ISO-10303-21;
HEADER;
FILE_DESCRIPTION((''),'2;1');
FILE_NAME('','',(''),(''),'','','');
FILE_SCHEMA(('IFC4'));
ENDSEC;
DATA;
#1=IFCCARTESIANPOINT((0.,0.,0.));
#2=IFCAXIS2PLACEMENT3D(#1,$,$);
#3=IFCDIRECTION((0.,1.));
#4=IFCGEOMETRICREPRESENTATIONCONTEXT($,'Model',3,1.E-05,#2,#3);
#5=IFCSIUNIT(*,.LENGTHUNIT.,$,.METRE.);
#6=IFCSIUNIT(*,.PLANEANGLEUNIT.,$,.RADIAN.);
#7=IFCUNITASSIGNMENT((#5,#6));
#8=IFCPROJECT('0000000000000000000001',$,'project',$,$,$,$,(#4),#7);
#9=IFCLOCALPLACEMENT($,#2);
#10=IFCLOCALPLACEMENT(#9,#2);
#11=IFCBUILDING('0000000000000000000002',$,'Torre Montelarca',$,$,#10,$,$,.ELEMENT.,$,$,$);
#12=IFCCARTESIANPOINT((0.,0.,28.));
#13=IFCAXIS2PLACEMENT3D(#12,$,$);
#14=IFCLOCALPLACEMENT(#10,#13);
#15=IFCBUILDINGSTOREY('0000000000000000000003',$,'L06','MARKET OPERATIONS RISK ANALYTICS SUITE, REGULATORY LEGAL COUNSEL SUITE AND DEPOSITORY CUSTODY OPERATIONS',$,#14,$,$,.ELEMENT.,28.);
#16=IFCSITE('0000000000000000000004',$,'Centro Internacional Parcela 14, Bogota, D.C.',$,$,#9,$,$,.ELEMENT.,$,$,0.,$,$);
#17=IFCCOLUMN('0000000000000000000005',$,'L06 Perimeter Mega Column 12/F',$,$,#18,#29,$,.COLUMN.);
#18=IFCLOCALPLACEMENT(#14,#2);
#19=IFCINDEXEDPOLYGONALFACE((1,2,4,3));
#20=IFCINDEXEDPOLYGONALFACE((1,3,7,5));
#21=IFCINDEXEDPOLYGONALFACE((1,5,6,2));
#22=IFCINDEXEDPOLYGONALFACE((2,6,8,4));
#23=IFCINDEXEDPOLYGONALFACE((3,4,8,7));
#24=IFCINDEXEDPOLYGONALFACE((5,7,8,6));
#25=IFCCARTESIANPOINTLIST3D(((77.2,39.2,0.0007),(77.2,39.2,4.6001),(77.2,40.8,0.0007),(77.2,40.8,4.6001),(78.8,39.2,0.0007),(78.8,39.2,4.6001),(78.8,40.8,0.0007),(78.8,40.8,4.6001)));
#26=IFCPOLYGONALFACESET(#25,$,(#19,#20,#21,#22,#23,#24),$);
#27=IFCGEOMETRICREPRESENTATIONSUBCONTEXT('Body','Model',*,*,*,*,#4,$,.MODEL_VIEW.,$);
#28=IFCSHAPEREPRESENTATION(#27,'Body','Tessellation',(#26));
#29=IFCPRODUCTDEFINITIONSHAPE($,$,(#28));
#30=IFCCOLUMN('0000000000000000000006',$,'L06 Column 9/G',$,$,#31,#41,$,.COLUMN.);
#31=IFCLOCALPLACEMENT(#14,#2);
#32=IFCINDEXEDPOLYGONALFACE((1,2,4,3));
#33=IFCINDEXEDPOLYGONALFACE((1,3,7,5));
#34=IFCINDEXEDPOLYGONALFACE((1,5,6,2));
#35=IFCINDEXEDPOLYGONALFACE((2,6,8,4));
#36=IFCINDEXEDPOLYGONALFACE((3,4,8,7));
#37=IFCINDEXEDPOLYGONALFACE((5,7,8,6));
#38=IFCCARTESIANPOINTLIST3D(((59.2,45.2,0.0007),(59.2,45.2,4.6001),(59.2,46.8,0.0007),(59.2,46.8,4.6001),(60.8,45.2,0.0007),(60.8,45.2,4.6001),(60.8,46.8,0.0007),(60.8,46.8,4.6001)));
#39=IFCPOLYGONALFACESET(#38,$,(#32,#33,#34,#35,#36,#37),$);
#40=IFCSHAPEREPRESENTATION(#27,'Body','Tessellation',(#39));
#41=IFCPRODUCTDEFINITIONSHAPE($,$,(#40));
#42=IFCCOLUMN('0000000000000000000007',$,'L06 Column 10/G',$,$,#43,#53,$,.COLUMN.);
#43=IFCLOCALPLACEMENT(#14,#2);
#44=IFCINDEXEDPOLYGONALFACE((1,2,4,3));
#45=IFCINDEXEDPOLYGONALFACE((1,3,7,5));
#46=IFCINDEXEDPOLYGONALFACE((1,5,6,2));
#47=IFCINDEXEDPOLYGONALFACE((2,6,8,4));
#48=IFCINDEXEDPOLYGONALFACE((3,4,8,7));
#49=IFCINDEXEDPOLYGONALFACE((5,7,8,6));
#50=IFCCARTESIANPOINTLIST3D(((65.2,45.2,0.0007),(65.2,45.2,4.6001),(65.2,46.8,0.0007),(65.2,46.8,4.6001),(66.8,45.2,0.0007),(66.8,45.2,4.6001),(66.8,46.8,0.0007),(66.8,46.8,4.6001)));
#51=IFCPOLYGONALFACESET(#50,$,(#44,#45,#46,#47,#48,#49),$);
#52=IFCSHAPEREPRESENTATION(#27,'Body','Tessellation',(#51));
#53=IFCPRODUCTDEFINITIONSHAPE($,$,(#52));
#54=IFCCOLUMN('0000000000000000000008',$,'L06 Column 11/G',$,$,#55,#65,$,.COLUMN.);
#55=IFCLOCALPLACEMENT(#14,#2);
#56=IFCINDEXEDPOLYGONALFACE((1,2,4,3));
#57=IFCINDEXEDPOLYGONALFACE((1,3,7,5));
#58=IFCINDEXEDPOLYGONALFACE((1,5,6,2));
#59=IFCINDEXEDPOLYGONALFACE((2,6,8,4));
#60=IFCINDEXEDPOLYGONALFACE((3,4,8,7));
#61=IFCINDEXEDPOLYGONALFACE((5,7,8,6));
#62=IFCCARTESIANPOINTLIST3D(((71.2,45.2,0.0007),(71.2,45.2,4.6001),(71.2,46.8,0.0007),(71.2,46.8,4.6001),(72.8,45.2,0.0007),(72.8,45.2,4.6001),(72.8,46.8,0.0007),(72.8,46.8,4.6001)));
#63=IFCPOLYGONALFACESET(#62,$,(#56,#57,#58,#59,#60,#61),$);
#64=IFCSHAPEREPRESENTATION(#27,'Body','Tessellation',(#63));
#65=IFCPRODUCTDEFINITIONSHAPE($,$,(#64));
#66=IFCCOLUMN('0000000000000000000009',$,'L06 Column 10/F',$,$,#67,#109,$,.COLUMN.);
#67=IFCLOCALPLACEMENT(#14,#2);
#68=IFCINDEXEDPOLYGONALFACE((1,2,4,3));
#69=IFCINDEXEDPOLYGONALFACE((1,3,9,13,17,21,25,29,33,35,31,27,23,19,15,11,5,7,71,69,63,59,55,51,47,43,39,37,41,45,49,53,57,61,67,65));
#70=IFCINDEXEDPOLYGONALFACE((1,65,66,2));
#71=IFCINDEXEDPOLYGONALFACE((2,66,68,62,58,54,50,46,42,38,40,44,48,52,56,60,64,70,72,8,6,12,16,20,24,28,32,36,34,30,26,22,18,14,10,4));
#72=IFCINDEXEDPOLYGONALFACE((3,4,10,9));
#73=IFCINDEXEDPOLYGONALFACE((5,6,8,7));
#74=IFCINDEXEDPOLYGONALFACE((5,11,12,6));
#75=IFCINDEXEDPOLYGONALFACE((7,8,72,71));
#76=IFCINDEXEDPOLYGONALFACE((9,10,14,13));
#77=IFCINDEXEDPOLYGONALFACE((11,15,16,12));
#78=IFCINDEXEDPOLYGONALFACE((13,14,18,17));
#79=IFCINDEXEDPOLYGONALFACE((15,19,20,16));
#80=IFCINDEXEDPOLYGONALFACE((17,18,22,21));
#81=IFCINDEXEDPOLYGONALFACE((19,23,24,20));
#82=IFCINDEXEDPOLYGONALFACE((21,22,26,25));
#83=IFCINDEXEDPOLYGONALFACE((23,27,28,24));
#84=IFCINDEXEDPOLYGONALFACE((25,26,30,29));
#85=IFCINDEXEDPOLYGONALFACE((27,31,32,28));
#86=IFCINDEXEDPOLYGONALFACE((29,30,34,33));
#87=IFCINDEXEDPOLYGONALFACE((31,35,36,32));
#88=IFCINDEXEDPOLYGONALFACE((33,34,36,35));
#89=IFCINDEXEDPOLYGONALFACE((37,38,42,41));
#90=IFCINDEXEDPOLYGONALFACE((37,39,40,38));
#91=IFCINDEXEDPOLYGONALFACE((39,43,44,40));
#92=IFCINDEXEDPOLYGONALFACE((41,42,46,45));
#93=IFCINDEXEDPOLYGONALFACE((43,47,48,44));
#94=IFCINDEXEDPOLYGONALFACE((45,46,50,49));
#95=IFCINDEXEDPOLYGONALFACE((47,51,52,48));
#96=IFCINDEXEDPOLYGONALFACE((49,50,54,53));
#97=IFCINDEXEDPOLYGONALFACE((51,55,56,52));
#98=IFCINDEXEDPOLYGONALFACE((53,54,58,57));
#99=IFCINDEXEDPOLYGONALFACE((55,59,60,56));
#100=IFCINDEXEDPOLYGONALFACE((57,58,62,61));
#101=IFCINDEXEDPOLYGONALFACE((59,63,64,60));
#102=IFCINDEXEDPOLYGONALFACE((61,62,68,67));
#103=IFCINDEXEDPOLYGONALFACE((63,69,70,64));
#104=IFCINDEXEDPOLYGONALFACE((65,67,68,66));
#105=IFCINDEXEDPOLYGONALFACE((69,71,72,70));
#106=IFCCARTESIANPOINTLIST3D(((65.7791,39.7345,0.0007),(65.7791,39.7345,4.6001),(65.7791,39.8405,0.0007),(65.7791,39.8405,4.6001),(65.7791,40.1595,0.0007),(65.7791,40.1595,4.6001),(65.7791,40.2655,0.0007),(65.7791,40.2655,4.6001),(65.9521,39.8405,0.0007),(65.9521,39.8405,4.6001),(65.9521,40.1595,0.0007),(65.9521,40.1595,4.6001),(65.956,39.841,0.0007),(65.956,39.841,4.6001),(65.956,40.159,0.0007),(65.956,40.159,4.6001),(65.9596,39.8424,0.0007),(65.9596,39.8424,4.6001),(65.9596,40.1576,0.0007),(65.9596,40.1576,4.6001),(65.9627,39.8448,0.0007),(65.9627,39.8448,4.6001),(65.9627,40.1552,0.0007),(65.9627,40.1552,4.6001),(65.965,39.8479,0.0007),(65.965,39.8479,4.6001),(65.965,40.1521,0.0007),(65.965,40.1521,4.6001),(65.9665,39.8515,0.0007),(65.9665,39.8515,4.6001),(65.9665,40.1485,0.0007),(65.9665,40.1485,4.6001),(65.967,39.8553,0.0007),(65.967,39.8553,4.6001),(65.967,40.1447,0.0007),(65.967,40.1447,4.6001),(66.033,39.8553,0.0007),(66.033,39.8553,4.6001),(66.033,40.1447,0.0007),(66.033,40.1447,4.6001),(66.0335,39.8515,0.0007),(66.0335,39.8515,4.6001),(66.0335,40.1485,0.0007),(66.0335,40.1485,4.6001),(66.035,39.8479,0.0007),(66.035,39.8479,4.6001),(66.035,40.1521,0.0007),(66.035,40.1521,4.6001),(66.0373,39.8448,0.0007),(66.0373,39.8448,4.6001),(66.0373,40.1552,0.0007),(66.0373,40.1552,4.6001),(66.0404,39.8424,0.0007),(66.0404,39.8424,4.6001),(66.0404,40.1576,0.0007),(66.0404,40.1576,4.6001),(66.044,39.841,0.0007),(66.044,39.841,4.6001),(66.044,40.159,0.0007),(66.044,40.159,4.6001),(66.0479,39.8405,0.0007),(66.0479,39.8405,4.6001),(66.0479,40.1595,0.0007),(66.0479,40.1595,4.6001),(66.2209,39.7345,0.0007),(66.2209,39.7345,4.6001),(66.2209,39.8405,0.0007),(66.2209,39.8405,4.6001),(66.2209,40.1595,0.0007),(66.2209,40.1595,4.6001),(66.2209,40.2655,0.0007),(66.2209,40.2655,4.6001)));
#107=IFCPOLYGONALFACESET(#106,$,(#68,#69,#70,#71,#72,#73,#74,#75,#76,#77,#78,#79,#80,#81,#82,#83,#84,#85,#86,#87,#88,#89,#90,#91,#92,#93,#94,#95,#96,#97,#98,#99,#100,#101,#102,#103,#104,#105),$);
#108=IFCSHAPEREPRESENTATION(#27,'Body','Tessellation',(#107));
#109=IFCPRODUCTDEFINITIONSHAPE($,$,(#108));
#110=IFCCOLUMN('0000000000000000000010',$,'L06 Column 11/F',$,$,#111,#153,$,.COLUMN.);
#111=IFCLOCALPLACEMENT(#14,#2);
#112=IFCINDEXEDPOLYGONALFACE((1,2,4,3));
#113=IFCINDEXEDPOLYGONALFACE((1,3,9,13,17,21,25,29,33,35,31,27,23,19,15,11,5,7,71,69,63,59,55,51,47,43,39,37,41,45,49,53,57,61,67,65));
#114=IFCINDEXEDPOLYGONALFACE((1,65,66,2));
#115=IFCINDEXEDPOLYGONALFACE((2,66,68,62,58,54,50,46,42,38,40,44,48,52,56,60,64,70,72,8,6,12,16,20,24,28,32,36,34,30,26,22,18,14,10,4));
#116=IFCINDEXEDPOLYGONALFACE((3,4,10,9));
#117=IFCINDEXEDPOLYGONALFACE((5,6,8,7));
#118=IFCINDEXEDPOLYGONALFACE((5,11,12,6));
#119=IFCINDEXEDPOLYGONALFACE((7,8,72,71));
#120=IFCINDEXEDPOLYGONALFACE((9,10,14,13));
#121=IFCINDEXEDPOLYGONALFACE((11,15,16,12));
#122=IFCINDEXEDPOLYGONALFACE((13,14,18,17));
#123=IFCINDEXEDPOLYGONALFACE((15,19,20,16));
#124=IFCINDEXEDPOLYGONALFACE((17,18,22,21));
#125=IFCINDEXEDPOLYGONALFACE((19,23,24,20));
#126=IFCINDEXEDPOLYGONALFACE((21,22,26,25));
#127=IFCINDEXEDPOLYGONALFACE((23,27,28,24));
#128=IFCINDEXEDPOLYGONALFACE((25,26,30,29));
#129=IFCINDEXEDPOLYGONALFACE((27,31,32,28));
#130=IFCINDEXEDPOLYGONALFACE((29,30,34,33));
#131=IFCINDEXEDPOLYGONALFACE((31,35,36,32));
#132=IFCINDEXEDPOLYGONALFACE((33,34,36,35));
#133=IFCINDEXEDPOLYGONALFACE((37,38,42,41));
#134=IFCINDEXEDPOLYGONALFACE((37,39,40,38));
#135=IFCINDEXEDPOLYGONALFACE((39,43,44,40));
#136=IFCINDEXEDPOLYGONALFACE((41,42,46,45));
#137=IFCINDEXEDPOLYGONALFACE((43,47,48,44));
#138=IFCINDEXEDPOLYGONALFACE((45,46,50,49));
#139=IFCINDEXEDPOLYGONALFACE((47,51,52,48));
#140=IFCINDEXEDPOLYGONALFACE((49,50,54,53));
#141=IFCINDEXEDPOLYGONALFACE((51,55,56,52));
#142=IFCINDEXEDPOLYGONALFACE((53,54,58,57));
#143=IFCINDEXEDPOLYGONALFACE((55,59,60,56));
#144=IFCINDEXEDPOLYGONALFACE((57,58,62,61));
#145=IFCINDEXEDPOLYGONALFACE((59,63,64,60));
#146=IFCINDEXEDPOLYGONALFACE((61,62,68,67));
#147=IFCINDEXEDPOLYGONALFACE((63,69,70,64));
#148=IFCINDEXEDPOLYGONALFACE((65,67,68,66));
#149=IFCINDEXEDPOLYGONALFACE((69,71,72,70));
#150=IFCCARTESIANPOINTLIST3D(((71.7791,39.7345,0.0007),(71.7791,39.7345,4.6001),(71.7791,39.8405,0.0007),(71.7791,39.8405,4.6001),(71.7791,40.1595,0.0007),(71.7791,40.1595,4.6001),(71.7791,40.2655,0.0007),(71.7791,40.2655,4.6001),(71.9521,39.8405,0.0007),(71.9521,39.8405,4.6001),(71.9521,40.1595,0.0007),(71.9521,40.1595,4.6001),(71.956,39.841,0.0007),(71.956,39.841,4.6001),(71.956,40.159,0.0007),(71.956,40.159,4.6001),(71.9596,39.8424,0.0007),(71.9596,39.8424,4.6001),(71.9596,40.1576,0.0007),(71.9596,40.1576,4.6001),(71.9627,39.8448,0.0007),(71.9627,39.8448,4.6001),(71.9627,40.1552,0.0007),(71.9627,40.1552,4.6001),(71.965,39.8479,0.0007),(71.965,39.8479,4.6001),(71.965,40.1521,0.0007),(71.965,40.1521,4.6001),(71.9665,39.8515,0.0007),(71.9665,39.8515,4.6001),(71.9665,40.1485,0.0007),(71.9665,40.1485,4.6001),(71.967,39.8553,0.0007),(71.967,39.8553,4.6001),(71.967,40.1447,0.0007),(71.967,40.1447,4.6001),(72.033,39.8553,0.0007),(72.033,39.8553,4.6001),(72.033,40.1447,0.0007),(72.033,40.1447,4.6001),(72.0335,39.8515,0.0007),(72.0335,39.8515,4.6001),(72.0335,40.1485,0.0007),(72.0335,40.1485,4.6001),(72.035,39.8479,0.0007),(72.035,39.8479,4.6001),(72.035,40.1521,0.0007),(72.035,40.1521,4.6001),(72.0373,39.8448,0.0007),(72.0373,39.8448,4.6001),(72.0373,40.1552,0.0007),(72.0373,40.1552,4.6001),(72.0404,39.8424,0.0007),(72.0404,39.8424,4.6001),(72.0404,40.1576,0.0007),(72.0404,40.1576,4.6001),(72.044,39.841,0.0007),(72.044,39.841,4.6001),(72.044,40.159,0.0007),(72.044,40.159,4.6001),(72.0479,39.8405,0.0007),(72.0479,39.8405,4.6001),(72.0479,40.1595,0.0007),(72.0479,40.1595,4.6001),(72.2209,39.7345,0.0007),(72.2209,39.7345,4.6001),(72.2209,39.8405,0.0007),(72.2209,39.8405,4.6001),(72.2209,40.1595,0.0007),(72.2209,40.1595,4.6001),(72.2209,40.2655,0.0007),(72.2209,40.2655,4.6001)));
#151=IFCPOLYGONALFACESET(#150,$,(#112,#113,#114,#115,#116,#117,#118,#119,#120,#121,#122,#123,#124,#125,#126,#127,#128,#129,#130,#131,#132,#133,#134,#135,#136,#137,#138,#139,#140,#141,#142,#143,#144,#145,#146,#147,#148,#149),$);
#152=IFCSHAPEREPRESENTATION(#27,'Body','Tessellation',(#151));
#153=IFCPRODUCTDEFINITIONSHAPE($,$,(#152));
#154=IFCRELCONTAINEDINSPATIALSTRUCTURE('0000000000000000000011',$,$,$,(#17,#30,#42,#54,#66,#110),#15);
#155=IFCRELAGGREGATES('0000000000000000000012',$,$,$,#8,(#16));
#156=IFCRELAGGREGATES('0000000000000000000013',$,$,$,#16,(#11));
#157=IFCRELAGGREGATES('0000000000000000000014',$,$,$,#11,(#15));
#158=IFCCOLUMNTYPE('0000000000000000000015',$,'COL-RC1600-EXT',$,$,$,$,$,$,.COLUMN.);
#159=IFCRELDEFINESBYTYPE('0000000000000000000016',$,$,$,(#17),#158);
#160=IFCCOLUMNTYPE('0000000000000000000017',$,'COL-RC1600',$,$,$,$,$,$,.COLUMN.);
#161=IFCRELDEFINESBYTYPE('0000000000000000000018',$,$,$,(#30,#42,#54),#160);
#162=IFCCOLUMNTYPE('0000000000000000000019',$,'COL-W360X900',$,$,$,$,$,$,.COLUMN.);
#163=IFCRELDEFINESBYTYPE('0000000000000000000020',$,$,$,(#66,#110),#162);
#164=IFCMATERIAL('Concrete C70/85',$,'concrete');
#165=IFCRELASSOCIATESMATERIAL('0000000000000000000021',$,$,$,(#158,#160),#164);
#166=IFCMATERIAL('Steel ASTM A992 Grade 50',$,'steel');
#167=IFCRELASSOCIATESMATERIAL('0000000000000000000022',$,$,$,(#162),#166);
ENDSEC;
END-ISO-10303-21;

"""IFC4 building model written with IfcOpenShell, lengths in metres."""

from ifc_helpers import new_model, si_unit, direction, frame, origin, origin_2d, place, context, subcontext, project, spatial, rectangle, i_section, extrude, source, transform, mapped, material, material_profile, profile_set, type_object, element, save


model = new_model("IFC4")

# Units and contexts
model_context = context("Model", 3, precision=1e-05, world=origin(), true_north=direction((0.0, 1.0)))
body_context = subcontext(model_context, "Body", "Model", "MODEL_VIEW")
ifc_project = project(units=[si_unit("LENGTHUNIT", "METRE"), si_unit("PLANEANGLEUNIT", "RADIAN")], contexts=[model_context])

# Site, building, storey
site_placement = place(None, origin())
site = spatial("IfcSite", under=ifc_project, at=site_placement, Name="Centro Internacional Parcela 14, Bogota, D.C.", CompositionType="ELEMENT", RefElevation=0.0)
building_placement = place(site_placement, origin())
building = spatial("IfcBuilding", under=site, at=building_placement, Name="Torre Montelarca", CompositionType="ELEMENT")
storey_placement = place(building_placement, frame((0.0, 0.0, 28.0)))
storey = spatial("IfcBuildingStorey", under=building, at=storey_placement, Name="L06", Description="MARKET OPERATIONS RISK ANALYTICS SUITE, REGULATORY LEGAL COUNSEL SUITE AND DEPOSITORY CUSTODY OPERATIONS", CompositionType="ELEMENT", Elevation=28.0)

# Columns
ifc_material_1 = material(Name="Concrete C70/85", Category="concrete")
ifc_material_profile_1 = material_profile(ifc_material_1, rectangle(XDim=1.6001, YDim=1.6001, at=origin_2d()), Name="RC1600X1600", Category="concrete")
ifc_profile_set_1 = profile_set([ifc_material_profile_1], Name="Concrete C70/85")
column_type_1 = type_object("IfcColumnType", Name="COL-RC1600-EXT", PredefinedType="COLUMN", material=ifc_profile_set_1)
shared_shape_1 = source(origin(), body_context, "Body", "SweptSolid", [
    extrude(rectangle(XDim=1.6001, YDim=1.6001, at=origin_2d()), origin(), (0.0, 0.0, 1.0), 4.5994),
])
column_placement = place(storey_placement, frame((78.0, 40.0, 0.0007), z_axis=(0.0, 0.0, 1.0), x_axis=(1.0, 0.0, 0.0)))
element("IfcColumn", 1, at=column_placement, inside=storey, type_object=column_type_1, Name="L06 Perimeter Mega Column 12/F", PredefinedType="COLUMN", context=body_context, shape_type="MappedRepresentation", body=[
    mapped(shared_shape_1, transform((0.0, 0.0, 0.0), scale=1.0)),
])
ifc_material_profile_2 = material_profile(ifc_material_1, rectangle(XDim=1.6001, YDim=1.6001, at=origin_2d()), Name="RC1600X1600", Category="concrete")
ifc_profile_set_2 = profile_set([ifc_material_profile_2], Name="Concrete C70/85")
column_type_2 = type_object("IfcColumnType", Name="COL-RC1600", PredefinedType="COLUMN", material=ifc_profile_set_2)
shared_shape_2 = source(origin(), body_context, "Body", "SweptSolid", [
    extrude(rectangle(XDim=1.6001, YDim=1.6001, at=origin_2d()), origin(), (0.0, 0.0, 1.0), 4.5994),
])
for number, where, z_axis, x_axis, name in (
    (2, (60.0, 46.0, 0.0007), (0.0, 0.0, 1.0), (1.0, 0.0, 0.0), "L06 Column 9/G"),
    (3, (66.0, 46.0, 0.0007), (0.0, 0.0, 1.0), (1.0, 0.0, 0.0), "L06 Column 10/G"),
    (4, (72.0, 46.0, 0.0007), (0.0, 0.0, 1.0), (1.0, 0.0, 0.0), "L06 Column 11/G"),
):
    element("IfcColumn", number, at=place(storey_placement, frame(where, z_axis=z_axis, x_axis=x_axis)), inside=storey, type_object=column_type_2, Name=name, PredefinedType="COLUMN", context=body_context, shape_type="MappedRepresentation", body=[
        mapped(shared_shape_2, transform((0.0, 0.0, 0.0), scale=1.0)),
    ])
ifc_material_2 = material(Name="Steel ASTM A992 Grade 50", Category="steel")
ifc_material_profile_3 = material_profile(ifc_material_2, i_section(OverallWidth=0.4419, OverallDepth=0.531, WebThickness=0.0659, FlangeThickness=0.106, FilletRadius=0.0149, at=origin_2d()), Name="W360X900", Category="steel")
ifc_profile_set_3 = profile_set([ifc_material_profile_3], Name="Steel ASTM A992 Grade 50")
column_type_3 = type_object("IfcColumnType", Name="COL-W360X900", PredefinedType="COLUMN", material=ifc_profile_set_3)
shared_shape_3 = source(origin(), body_context, "Body", "SweptSolid", [
    extrude(i_section(OverallWidth=0.4419, OverallDepth=0.531, WebThickness=0.0659, FlangeThickness=0.106, FilletRadius=0.0149, at=origin_2d()), origin(), (0.0, 0.0, 1.0), 4.5994),
])
for number, where, z_axis, x_axis, name in (
    (5, (66.0, 40.0, 0.0007), (0.0, 0.0, 1.0), (1.0, 0.0, 0.0), "L06 Column 10/F"),
    (6, (72.0, 40.0, 0.0007), (0.0, 0.0, 1.0), (1.0, 0.0, 0.0), "L06 Column 11/F"),
):
    element("IfcColumn", number, at=place(storey_placement, frame(where, z_axis=z_axis, x_axis=x_axis)), inside=storey, type_object=column_type_3, Name=name, PredefinedType="COLUMN", context=body_context, shape_type="MappedRepresentation", body=[
        mapped(shared_shape_3, transform((0.0, 0.0, 0.0), scale=1.0)),
    ])

save(model, "model.ifc")
